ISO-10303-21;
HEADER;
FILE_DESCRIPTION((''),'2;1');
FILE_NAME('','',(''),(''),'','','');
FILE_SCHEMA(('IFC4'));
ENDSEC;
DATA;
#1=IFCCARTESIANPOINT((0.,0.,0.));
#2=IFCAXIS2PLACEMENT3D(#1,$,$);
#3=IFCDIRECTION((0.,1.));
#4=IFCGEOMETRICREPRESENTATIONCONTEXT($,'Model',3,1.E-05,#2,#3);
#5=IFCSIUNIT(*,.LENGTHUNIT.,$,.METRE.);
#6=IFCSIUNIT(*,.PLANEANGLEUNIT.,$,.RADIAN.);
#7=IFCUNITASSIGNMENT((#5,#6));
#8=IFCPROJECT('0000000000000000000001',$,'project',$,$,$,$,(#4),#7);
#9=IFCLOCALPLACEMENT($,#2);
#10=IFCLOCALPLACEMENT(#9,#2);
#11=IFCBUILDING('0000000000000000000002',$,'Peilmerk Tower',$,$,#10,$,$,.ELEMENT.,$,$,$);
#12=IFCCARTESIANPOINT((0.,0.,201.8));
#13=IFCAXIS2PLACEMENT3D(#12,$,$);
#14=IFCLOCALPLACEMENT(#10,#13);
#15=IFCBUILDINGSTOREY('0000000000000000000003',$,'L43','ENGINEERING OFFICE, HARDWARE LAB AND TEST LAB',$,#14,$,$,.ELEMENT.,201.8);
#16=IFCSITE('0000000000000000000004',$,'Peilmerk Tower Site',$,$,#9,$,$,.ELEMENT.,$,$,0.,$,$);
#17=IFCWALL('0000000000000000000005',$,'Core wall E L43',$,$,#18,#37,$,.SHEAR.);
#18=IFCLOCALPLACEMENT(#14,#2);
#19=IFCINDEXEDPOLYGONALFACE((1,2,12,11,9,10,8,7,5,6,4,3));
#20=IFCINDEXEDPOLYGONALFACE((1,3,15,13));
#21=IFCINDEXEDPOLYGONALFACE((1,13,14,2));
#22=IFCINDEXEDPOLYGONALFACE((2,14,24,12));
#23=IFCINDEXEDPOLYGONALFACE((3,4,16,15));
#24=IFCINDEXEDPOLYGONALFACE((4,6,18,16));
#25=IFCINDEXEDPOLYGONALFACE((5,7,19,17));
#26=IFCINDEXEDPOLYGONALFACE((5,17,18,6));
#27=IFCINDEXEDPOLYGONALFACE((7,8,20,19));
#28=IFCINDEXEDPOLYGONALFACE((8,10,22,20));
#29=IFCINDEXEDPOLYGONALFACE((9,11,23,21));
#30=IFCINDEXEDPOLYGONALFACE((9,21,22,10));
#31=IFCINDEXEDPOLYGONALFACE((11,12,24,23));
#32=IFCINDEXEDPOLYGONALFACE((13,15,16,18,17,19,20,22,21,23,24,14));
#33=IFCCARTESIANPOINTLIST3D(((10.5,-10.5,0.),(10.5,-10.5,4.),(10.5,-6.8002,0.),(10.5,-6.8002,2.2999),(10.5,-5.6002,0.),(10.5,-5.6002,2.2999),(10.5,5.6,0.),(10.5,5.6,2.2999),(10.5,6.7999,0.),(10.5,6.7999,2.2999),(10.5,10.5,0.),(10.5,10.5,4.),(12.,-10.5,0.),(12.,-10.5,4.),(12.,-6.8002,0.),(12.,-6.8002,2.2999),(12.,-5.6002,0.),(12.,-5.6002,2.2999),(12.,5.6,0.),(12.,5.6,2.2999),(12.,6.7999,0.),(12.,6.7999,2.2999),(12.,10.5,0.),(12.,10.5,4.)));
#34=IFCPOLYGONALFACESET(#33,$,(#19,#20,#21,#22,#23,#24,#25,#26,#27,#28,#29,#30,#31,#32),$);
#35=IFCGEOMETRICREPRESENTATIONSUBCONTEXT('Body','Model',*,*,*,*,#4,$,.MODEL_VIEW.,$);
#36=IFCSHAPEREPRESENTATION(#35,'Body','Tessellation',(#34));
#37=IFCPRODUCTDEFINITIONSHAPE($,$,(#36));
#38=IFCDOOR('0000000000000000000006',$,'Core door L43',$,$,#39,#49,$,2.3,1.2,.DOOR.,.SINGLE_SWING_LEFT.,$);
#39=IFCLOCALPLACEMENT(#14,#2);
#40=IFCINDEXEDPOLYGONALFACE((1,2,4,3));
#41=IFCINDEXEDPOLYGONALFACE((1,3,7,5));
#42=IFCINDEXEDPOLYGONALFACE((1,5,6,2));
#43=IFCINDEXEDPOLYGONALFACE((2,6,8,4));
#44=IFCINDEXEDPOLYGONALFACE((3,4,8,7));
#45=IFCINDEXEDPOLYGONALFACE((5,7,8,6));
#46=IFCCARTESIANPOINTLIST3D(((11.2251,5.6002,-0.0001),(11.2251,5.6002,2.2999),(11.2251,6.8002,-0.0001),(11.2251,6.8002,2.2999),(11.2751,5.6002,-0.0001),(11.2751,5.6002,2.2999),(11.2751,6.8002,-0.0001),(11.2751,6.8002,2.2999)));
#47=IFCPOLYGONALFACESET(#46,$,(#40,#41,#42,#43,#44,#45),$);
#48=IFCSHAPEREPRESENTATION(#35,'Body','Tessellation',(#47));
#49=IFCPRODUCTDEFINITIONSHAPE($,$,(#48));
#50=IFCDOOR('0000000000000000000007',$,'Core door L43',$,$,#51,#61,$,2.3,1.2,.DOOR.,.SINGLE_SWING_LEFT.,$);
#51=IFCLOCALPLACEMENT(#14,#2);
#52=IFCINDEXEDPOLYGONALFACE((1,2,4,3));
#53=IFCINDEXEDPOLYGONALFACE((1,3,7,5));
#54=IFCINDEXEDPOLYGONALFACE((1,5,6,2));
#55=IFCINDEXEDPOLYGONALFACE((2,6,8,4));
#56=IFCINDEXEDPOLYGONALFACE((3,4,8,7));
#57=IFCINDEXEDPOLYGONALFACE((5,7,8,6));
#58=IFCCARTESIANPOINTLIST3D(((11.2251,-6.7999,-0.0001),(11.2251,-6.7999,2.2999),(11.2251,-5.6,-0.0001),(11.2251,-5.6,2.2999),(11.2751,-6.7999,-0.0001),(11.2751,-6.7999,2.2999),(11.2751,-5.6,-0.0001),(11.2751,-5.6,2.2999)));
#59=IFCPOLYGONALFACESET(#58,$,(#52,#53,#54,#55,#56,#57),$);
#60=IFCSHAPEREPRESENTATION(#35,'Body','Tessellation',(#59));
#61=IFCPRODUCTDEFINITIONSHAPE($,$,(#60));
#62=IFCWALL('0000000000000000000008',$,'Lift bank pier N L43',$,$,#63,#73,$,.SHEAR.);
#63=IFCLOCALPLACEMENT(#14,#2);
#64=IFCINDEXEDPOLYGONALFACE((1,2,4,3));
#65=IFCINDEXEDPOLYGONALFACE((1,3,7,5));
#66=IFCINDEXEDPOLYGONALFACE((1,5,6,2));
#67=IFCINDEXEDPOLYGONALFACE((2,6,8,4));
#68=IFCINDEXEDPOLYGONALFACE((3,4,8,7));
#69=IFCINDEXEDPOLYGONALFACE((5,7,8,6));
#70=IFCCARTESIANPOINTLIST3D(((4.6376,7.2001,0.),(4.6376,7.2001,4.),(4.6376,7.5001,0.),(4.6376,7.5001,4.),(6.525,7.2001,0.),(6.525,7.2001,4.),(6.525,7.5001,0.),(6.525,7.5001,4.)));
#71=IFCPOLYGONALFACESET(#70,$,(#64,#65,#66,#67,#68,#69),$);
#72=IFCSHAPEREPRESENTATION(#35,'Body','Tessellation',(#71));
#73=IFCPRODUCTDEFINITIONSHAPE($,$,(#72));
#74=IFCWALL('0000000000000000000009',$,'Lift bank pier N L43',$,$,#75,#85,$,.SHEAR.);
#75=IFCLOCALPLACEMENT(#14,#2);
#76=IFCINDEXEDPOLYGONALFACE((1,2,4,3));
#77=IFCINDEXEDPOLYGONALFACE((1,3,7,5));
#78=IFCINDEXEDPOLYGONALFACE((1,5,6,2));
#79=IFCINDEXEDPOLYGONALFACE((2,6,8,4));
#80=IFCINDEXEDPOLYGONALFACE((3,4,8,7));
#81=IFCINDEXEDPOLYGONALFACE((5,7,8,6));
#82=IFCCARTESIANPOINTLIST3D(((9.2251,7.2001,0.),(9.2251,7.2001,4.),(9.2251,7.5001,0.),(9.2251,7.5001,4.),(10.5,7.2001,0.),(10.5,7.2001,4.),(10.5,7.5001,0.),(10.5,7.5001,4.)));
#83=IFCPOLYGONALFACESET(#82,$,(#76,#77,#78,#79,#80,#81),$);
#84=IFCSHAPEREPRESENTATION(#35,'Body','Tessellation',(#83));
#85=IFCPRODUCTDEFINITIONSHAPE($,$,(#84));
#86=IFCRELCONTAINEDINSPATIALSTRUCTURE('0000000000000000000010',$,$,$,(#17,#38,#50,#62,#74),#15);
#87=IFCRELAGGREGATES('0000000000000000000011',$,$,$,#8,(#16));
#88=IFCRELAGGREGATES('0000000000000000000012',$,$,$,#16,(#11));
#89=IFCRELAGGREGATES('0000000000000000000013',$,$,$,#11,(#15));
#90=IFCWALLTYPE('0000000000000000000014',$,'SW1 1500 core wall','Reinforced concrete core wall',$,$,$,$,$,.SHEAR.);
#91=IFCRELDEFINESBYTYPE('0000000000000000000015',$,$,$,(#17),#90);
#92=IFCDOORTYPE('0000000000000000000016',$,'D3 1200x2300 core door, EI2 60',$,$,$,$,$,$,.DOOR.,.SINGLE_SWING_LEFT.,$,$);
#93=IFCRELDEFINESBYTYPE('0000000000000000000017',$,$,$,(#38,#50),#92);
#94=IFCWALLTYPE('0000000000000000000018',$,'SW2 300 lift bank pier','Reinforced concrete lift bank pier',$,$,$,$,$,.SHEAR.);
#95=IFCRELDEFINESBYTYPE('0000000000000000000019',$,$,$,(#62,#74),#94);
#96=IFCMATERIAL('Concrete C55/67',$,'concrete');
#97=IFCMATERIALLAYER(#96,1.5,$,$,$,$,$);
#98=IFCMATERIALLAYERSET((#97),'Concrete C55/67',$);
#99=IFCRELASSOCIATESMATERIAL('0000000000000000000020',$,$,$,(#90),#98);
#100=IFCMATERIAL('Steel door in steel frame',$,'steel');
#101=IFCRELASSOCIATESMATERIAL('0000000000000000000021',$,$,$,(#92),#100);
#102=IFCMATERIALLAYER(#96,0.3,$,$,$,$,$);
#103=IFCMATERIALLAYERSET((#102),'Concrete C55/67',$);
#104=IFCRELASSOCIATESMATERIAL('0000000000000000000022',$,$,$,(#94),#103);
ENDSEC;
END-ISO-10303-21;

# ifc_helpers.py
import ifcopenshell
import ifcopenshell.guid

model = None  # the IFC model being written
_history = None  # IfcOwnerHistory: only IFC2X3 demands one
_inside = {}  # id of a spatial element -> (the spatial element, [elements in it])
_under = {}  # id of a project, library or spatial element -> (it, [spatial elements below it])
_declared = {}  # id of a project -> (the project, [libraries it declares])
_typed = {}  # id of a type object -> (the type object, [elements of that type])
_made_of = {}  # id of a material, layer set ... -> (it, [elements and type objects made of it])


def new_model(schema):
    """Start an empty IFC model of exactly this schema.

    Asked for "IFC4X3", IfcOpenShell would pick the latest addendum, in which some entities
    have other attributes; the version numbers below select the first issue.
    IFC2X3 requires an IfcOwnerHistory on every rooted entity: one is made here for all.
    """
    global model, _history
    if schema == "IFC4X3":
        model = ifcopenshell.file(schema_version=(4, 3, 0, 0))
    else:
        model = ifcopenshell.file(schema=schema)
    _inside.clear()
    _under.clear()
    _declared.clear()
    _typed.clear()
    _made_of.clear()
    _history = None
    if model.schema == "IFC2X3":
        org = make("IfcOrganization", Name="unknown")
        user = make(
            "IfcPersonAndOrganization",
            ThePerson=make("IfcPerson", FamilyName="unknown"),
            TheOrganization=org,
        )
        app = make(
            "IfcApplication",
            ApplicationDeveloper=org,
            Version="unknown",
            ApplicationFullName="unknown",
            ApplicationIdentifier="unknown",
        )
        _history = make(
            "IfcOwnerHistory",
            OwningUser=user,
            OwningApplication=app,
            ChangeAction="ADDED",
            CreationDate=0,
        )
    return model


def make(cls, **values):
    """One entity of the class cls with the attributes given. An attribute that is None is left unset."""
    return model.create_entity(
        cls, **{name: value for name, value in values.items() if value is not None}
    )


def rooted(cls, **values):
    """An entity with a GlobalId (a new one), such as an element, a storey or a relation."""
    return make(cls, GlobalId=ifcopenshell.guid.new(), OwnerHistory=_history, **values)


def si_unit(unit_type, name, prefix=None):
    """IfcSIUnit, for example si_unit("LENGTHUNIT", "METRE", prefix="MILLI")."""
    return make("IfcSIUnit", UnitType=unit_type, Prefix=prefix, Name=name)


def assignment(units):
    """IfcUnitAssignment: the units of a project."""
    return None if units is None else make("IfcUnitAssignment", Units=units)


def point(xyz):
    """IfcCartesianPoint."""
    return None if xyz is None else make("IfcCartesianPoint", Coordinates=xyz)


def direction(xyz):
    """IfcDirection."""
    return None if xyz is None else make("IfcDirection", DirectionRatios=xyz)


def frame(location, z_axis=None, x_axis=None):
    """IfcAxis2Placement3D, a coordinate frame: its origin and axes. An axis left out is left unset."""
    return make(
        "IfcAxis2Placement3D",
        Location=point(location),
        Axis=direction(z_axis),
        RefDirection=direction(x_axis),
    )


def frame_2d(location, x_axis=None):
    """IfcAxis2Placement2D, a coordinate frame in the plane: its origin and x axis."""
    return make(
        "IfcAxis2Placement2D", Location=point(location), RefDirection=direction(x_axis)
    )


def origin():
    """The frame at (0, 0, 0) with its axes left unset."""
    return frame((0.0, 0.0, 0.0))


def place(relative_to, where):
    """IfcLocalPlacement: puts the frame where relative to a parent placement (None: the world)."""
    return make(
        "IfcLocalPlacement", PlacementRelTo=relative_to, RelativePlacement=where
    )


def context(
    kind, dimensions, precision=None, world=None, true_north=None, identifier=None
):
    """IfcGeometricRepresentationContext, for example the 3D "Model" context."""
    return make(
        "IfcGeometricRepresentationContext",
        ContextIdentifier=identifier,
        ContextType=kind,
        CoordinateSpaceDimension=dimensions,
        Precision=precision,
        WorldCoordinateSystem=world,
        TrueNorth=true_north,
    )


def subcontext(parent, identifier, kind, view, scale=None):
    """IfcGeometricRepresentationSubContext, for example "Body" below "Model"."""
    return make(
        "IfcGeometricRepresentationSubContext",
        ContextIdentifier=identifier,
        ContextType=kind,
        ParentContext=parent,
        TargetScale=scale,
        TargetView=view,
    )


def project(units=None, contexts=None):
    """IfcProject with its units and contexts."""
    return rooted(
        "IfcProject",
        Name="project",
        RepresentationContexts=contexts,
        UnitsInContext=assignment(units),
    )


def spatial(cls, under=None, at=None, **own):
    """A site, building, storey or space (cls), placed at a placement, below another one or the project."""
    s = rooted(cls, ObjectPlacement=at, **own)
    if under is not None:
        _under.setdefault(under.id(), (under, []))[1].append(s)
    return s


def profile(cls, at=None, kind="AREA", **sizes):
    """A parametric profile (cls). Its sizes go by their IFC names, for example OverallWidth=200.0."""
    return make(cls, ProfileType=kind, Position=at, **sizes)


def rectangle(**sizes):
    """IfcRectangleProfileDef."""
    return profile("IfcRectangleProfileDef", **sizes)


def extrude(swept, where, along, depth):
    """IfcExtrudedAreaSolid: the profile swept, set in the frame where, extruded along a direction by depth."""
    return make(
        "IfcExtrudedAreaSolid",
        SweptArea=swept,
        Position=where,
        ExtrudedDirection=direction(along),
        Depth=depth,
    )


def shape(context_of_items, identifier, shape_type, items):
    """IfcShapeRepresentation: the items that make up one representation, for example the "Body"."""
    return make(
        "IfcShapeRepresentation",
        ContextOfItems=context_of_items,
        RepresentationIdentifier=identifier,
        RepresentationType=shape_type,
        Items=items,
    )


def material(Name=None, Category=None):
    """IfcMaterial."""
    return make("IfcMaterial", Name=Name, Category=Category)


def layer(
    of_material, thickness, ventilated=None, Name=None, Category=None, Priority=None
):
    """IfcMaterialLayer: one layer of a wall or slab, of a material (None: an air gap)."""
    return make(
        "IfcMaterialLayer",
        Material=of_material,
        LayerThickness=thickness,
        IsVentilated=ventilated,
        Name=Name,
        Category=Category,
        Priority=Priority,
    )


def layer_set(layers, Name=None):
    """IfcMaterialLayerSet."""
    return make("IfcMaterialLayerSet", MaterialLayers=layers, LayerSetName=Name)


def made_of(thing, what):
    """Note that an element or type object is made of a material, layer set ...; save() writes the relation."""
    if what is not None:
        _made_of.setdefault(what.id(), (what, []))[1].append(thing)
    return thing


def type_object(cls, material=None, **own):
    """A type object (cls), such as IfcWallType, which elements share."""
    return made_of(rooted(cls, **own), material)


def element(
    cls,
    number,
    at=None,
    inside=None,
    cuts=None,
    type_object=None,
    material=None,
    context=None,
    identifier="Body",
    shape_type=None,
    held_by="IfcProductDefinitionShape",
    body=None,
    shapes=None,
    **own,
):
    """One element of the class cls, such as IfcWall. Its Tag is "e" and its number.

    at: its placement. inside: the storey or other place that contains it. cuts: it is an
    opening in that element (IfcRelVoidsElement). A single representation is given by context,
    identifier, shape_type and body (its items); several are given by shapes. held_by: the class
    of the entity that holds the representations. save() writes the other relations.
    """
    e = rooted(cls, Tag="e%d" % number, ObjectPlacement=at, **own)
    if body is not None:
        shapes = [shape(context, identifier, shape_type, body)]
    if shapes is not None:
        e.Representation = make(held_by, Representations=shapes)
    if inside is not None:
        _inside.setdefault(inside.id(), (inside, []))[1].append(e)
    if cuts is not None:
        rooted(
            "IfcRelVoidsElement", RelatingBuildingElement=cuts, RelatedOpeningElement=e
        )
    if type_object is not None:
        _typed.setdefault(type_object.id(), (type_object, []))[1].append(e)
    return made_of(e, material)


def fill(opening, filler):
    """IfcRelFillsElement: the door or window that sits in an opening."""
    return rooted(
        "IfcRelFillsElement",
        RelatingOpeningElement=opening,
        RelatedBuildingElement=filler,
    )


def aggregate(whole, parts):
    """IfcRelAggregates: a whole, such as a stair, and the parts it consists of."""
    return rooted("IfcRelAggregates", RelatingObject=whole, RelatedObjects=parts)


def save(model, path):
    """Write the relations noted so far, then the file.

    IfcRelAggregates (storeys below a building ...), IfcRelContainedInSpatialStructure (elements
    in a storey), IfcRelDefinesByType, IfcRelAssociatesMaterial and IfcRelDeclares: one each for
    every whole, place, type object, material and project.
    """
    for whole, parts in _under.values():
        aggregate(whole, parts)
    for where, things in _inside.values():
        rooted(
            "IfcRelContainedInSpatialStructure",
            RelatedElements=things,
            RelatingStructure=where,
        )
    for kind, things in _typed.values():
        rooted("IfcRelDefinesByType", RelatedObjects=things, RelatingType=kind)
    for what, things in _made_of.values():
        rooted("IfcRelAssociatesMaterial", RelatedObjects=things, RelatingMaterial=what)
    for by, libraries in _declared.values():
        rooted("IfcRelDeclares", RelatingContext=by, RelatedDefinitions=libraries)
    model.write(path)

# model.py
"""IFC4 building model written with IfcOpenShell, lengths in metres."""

from ifc_helpers import new_model, si_unit, direction, frame, frame_2d, origin, place, context, subcontext, project, spatial, rectangle, extrude, material, layer, layer_set, type_object, element, fill, save


model = new_model("IFC4")

# Units and contexts
model_context = context("Model", 3, precision=1e-05, world=origin(), true_north=direction((0.0, 1.0)))
body_context = subcontext(model_context, "Body", "Model", "MODEL_VIEW")
ifc_project = project(units=[si_unit("LENGTHUNIT", "METRE"), si_unit("PLANEANGLEUNIT", "RADIAN")], contexts=[model_context])

# Site, building, storey
site_placement = place(None, origin())
site = spatial("IfcSite", under=ifc_project, at=site_placement, Name="Peilmerk Tower Site", CompositionType="ELEMENT", RefElevation=0.0)
building_placement = place(site_placement, origin())
building = spatial("IfcBuilding", under=site, at=building_placement, Name="Peilmerk Tower", CompositionType="ELEMENT")
storey_placement = place(building_placement, frame((0.0, 0.0, 201.8)))
storey = spatial("IfcBuildingStorey", under=building, at=storey_placement, Name="L43", Description="ENGINEERING OFFICE, HARDWARE LAB AND TEST LAB", CompositionType="ELEMENT", Elevation=201.8)

# Shared definitions
ifc_material_1 = material(Name="Steel door in steel frame", Category="steel")

# Wall, openings, doors
ifc_material_2 = material(Name="Concrete C55/67", Category="concrete")
ifc_layer_1 = layer(ifc_material_2, 1.5)
ifc_layer_set_1 = layer_set([ifc_layer_1], Name="Concrete C55/67")
wall_type_1 = type_object("IfcWallType", Name="SW1 1500 core wall", Description="Reinforced concrete core wall", PredefinedType="SHEAR", material=ifc_layer_set_1)
wall_1_placement = place(storey_placement, frame((11.25, 10.5, 0.0), z_axis=(0.0, 0.0, 1.0), x_axis=(0.0, -1.0, 0.0)))
wall_1 = element("IfcWall", 1, at=wall_1_placement, inside=storey, type_object=wall_type_1, Name="Core wall E L43", PredefinedType="SHEAR", context=body_context, shape_type="SweptSolid", body=[
    extrude(rectangle(XDim=21.0, YDim=1.5, at=frame_2d((10.5, 0.0))), origin(), (0.0, 0.0, 1.0), 4.0),
])
opening_1_placement = place(wall_1_placement, frame((3.7, 0.0, 0.0)))
opening_1 = element("IfcOpeningElement", 2, at=opening_1_placement, cuts=wall_1, PredefinedType="OPENING", context=body_context, shape_type="SweptSolid", body=[
    extrude(rectangle(XDim=1.2, YDim=2.3, at=frame_2d((0.6001, 1.1499))), frame((0.0, 0.76, 0.0), z_axis=(0.0, -1.0, 0.0), x_axis=(1.0, 0.0, 0.0)), (0.0, 0.0, 1.0), 1.52),
])
opening_2_placement = place(wall_1_placement, frame((16.1001, 0.0, 0.0)))
opening_2 = element("IfcOpeningElement", 3, at=opening_2_placement, cuts=wall_1, PredefinedType="OPENING", context=body_context, shape_type="SweptSolid", body=[
    extrude(rectangle(XDim=1.2, YDim=2.3, at=frame_2d((0.6001, 1.1499))), frame((0.0, 0.76, 0.0), z_axis=(0.0, -1.0, 0.0), x_axis=(1.0, 0.0, 0.0)), (0.0, 0.0, 1.0), 1.52),
])
door_type_1 = type_object("IfcDoorType", Name="D3 1200x2300 core door, EI2 60", OperationType="SINGLE_SWING_LEFT", PredefinedType="DOOR", material=ifc_material_1)
door_1_placement = place(opening_1_placement, frame((1.2, 0.0, 0.0), z_axis=(0.0, 0.0, 1.0), x_axis=(-1.0, 0.0, 0.0)))
door_1 = element("IfcDoor", 4, at=door_1_placement, inside=storey, type_object=door_type_1, Name="Core door L43", OperationType="SINGLE_SWING_LEFT", OverallHeight=2.3, OverallWidth=1.2, PredefinedType="DOOR", context=body_context, shape_type="SweptSolid", body=[
    extrude(rectangle(XDim=1.2, YDim=2.3, at=frame_2d((0.6001, 1.1499))), frame((0.0, 0.0249, 0.0), z_axis=(0.0, -1.0, 0.0), x_axis=(1.0, 0.0, 0.0)), (0.0, 0.0, 1.0), 0.05),
])
fill(opening_1, door_1)
door_2_placement = place(opening_2_placement, frame((1.2, 0.0, 0.0), z_axis=(0.0, 0.0, 1.0), x_axis=(-1.0, 0.0, 0.0)))
door_2 = element("IfcDoor", 5, at=door_2_placement, inside=storey, type_object=door_type_1, Name="Core door L43", OperationType="SINGLE_SWING_LEFT", OverallHeight=2.3, OverallWidth=1.2, PredefinedType="DOOR", context=body_context, shape_type="SweptSolid", body=[
    extrude(rectangle(XDim=1.2, YDim=2.3, at=frame_2d((0.6001, 1.1499))), frame((0.0, 0.0249, 0.0), z_axis=(0.0, -1.0, 0.0), x_axis=(1.0, 0.0, 0.0)), (0.0, 0.0, 1.0), 0.05),
])
fill(opening_2, door_2)

# Walls
ifc_layer_2 = layer(ifc_material_2, 0.3)
ifc_layer_set_2 = layer_set([ifc_layer_2], Name="Concrete C55/67")
wall_type_2 = type_object("IfcWallType", Name="SW2 300 lift bank pier", Description="Reinforced concrete lift bank pier", PredefinedType="SHEAR", material=ifc_layer_set_2)
wall_2_placement = place(storey_placement, frame((4.6375, 7.3501, 0.0), z_axis=(0.0, 0.0, 1.0), x_axis=(1.0, 0.0, 0.0)))
element("IfcWall", 6, at=wall_2_placement, inside=storey, type_object=wall_type_2, Name="Lift bank pier N L43", PredefinedType="SHEAR", context=body_context, shape_type="SweptSolid", body=[
    extrude(rectangle(XDim=1.8875, YDim=0.3, at=frame_2d((0.9438, 0.0))), origin(), (0.0, 0.0, 1.0), 4.0),
])
wall_3_placement = place(storey_placement, frame((9.2251, 7.3501, 0.0), z_axis=(0.0, 0.0, 1.0), x_axis=(1.0, 0.0, 0.0)))
element("IfcWall", 7, at=wall_3_placement, inside=storey, type_object=wall_type_2, Name="Lift bank pier N L43", PredefinedType="SHEAR", context=body_context, shape_type="SweptSolid", body=[
    extrude(rectangle(XDim=1.2749, YDim=0.3, at=frame_2d((0.6375, 0.0))), origin(), (0.0, 0.0, 1.0), 4.0),
])

save(model, "model.ifc")
